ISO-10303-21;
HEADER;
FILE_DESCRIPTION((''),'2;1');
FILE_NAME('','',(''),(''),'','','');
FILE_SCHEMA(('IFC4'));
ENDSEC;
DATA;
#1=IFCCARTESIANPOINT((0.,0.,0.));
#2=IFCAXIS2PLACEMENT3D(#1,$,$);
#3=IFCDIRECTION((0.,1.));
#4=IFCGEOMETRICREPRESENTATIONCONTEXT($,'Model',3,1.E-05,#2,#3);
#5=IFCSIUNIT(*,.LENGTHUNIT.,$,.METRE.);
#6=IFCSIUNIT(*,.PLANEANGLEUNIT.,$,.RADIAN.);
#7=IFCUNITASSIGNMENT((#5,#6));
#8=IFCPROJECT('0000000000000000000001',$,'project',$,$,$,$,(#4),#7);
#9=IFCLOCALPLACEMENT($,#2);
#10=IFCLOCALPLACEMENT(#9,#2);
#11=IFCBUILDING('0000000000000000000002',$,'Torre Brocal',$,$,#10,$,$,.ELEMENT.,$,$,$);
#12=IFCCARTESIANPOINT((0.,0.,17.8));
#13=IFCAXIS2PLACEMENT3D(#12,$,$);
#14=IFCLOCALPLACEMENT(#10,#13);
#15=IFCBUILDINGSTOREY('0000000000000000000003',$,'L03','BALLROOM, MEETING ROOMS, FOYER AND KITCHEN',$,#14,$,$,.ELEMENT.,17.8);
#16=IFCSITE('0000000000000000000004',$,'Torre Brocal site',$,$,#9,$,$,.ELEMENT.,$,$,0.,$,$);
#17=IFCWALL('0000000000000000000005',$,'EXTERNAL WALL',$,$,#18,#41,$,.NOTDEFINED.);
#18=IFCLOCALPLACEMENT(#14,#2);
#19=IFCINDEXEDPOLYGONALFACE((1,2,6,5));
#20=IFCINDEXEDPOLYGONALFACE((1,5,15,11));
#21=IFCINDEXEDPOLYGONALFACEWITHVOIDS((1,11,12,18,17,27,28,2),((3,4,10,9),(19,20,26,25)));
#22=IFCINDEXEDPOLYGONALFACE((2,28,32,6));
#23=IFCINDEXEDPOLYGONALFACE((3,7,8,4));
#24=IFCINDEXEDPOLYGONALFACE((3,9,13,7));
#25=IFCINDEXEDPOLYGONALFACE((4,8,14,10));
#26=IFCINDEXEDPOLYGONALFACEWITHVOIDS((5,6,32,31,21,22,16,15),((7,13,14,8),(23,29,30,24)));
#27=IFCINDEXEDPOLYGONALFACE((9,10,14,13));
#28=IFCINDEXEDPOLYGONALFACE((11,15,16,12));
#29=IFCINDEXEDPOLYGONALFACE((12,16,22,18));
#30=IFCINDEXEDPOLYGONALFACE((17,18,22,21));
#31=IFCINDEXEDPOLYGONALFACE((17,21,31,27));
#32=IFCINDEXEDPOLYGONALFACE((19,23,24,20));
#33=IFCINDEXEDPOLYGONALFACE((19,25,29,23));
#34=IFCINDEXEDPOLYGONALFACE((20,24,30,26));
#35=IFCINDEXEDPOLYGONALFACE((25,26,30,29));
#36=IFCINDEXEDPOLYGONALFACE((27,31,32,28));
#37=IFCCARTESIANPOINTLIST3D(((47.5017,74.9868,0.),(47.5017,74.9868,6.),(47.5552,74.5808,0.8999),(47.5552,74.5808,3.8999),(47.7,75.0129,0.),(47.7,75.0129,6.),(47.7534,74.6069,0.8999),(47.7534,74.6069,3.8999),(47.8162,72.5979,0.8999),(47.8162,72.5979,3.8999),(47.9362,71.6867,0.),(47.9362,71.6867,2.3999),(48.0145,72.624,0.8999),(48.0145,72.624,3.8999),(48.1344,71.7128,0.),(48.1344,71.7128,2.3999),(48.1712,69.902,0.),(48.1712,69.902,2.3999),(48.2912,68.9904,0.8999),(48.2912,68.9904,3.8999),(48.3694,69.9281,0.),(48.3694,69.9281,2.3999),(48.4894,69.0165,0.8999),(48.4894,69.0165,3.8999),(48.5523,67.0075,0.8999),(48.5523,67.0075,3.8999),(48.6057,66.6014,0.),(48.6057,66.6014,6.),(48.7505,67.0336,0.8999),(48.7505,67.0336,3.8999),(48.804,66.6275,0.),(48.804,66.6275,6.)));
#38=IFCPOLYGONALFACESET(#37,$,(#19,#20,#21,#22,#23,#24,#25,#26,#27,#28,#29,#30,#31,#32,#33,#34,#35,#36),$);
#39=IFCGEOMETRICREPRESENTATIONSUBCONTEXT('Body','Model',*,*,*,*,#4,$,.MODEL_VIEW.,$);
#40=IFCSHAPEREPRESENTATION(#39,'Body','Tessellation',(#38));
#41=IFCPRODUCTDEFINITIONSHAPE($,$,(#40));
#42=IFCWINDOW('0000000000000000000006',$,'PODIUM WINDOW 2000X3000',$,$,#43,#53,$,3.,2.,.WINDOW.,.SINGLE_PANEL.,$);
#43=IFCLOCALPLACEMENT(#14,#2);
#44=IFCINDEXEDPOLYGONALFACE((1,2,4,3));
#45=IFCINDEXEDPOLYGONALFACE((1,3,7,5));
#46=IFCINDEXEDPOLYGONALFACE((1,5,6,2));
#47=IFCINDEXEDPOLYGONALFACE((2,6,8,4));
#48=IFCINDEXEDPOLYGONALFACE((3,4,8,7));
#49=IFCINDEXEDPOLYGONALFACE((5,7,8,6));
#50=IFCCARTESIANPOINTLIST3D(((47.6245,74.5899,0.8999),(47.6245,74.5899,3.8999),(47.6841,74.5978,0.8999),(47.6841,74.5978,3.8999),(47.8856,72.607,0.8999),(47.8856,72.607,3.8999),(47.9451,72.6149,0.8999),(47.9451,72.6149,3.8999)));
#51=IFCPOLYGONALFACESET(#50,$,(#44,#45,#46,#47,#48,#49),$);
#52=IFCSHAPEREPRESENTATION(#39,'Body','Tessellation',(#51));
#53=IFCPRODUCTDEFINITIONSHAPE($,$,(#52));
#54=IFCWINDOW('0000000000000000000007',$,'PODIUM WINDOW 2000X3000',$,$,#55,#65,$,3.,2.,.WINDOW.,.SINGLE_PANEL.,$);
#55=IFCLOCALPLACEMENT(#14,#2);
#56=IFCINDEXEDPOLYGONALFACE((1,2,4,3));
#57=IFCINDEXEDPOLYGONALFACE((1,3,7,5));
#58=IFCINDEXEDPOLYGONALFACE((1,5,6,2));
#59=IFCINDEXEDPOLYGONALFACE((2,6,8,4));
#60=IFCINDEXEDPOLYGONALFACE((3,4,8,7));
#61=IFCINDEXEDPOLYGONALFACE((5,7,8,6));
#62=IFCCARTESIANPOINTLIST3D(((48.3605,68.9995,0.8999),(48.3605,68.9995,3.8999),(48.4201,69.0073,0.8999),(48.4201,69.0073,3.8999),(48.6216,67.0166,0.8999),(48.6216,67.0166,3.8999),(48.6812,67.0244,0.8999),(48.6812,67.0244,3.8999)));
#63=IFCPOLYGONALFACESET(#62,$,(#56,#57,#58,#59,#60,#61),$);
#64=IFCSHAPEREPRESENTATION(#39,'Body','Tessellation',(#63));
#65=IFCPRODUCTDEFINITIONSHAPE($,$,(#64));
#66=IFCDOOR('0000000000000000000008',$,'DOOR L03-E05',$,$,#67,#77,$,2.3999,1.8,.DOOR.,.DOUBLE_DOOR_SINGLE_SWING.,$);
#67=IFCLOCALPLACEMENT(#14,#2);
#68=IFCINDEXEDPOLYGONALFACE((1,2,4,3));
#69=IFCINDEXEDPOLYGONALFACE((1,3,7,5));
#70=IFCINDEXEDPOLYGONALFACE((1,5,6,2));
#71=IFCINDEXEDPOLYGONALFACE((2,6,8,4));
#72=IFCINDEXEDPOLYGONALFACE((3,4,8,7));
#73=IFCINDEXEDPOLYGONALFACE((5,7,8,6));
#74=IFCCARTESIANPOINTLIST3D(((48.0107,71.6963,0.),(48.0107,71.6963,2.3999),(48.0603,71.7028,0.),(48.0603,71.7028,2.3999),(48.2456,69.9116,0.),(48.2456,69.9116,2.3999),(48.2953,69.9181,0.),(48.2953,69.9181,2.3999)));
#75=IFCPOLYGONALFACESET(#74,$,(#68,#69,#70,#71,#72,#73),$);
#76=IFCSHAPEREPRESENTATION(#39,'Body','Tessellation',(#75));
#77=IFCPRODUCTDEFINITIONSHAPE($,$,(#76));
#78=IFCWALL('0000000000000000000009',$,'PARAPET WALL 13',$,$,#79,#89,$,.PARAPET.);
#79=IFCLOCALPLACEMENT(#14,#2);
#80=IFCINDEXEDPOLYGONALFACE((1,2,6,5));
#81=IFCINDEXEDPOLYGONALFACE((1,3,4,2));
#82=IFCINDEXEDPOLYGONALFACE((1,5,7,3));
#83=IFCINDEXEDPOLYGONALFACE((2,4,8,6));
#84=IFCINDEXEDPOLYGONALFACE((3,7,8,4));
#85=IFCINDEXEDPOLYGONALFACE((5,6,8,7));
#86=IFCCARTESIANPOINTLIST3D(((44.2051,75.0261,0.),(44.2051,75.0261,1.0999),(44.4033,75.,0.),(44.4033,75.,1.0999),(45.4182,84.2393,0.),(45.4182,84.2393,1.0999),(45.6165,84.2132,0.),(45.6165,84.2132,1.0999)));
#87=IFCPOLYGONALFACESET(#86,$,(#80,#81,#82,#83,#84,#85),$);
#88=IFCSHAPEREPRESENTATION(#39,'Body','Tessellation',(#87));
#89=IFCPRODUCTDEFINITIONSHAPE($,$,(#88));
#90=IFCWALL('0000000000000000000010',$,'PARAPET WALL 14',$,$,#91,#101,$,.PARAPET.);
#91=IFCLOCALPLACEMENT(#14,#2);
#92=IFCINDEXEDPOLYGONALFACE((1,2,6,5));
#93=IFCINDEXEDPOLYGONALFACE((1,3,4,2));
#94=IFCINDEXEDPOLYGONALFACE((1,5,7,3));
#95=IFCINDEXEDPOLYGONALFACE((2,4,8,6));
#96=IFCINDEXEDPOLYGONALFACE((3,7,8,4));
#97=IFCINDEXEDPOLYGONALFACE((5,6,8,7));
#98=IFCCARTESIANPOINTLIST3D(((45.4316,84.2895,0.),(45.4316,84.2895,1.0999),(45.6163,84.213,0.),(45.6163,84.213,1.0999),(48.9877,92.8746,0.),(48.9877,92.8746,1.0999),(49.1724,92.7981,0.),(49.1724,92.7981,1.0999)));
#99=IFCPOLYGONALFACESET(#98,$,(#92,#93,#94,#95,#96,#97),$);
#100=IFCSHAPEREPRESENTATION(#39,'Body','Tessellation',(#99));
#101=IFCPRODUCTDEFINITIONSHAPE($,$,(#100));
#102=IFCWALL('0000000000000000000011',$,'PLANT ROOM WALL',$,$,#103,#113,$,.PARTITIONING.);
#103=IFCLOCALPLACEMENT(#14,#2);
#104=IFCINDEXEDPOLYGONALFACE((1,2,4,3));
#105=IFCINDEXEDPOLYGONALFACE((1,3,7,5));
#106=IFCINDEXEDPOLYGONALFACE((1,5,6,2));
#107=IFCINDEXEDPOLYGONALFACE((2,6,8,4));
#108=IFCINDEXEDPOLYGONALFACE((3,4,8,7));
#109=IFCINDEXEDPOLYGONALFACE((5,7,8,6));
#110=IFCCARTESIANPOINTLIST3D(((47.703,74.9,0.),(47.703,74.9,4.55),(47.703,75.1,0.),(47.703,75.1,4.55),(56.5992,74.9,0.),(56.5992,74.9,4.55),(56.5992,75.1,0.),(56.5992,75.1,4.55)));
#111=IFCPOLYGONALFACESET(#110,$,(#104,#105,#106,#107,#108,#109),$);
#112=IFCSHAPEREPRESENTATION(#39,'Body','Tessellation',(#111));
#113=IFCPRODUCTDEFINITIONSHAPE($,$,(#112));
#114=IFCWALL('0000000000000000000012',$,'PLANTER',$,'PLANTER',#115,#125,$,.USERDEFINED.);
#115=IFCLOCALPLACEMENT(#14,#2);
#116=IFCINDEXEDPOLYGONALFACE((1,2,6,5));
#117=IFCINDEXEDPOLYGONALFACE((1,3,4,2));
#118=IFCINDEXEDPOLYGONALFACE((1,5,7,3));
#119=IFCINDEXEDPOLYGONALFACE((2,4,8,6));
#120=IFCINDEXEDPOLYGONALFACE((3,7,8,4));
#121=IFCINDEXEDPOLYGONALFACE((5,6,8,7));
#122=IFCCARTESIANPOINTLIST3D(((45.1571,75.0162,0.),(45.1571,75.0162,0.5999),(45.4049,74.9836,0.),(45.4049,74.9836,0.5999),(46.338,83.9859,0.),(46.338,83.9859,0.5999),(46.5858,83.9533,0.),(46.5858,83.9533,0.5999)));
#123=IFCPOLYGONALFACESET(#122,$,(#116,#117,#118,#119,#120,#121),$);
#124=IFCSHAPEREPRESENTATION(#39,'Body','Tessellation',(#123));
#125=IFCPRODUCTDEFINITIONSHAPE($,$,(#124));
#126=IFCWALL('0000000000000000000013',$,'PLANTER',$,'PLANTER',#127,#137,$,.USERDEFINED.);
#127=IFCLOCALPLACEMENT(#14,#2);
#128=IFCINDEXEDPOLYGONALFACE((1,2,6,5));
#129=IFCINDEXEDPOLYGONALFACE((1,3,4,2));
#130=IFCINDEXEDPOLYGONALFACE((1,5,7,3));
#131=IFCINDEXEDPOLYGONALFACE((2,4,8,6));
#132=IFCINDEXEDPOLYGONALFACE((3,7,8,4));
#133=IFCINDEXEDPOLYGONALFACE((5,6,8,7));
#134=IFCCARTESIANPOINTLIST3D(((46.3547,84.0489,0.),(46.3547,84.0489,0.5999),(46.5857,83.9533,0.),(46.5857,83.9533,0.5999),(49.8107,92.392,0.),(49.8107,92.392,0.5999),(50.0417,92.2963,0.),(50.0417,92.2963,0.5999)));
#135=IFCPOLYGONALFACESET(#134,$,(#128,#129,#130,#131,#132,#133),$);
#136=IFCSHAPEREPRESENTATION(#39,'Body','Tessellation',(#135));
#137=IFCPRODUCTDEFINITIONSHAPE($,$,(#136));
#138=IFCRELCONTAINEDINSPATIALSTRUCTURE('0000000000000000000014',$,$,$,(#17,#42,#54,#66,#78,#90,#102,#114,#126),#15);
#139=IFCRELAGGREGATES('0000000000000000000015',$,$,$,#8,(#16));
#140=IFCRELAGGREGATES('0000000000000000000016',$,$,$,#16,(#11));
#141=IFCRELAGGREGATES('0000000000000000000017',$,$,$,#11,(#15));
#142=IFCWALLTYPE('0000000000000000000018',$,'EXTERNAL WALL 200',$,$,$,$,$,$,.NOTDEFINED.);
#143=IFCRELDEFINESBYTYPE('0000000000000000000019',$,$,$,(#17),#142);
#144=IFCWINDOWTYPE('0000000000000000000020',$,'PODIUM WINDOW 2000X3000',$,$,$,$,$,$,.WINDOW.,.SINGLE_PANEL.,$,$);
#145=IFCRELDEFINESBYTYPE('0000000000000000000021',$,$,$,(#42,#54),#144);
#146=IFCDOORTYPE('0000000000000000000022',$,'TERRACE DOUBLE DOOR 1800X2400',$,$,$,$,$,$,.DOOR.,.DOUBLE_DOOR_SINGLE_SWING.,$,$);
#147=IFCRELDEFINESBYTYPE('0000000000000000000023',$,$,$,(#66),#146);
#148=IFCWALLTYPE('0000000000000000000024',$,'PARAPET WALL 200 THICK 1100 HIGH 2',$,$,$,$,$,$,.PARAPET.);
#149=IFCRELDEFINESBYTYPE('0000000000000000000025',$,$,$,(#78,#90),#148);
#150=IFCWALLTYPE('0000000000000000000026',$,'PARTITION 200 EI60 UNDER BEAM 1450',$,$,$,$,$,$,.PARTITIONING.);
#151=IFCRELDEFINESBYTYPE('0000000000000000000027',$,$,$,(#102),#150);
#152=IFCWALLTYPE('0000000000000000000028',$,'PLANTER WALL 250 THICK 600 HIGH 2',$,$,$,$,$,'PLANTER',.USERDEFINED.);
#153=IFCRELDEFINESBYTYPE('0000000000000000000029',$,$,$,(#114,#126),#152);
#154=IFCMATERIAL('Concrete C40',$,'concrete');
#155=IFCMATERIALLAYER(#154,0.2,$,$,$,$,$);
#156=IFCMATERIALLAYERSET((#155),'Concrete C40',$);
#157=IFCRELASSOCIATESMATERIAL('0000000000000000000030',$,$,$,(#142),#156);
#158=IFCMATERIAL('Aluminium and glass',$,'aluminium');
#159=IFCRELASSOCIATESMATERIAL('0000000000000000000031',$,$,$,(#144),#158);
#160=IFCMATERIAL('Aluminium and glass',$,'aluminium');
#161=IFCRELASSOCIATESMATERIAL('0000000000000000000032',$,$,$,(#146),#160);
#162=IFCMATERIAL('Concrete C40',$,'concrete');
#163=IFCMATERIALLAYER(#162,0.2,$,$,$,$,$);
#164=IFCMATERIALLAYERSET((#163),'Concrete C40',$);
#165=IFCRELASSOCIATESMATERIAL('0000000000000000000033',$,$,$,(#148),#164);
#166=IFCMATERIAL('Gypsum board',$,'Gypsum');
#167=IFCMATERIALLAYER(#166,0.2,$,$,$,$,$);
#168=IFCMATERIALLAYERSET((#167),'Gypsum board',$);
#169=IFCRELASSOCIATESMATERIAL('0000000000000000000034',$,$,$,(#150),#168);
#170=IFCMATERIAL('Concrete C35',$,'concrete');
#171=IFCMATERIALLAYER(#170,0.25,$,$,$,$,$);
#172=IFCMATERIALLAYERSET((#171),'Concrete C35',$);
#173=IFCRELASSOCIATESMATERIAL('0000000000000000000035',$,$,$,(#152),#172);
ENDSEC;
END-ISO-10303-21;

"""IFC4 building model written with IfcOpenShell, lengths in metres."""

from ifc_helpers import new_model, si_unit, direction, frame, frame_2d, origin, place, context, subcontext, project, spatial, rectangle, extrude, material, layer, layer_set, type_object, element, fill, save


model = new_model("IFC4")

# Units and contexts
model_context = context("Model", 3, precision=1e-05, world=origin(), true_north=direction((0.0, 1.0)))
body_context = subcontext(model_context, "Body", "Model", "MODEL_VIEW")
ifc_project = project(units=[si_unit("LENGTHUNIT", "METRE"), si_unit("PLANEANGLEUNIT", "RADIAN")], contexts=[model_context])

# Site, building, storey
site_placement = place(None, origin())
site = spatial("IfcSite", under=ifc_project, at=site_placement, Name="Torre Brocal site", CompositionType="ELEMENT", RefElevation=0.0)
building_placement = place(site_placement, origin())
building = spatial("IfcBuilding", under=site, at=building_placement, Name="Torre Brocal", CompositionType="ELEMENT")
storey_placement = place(building_placement, frame((0.0, 0.0, 17.8)))
storey = spatial("IfcBuildingStorey", under=building, at=storey_placement, Name="L03", Description="BALLROOM, MEETING ROOMS, FOYER AND KITCHEN", CompositionType="ELEMENT", Elevation=17.8)

# Wall, openings, windows, door
ifc_material_1 = material(Name="Concrete C40", Category="concrete")
ifc_layer_1 = layer(ifc_material_1, 0.2)
ifc_layer_set_1 = layer_set([ifc_layer_1], Name="Concrete C40")
wall_type_1 = type_object("IfcWallType", Name="EXTERNAL WALL 200", PredefinedType="NOTDEFINED", material=ifc_layer_set_1)
wall_1_placement = place(storey_placement, frame((47.6008, 75.0, 0.0), z_axis=(0.0, 0.0, 1.0), x_axis=(0.13053, -0.991444, 0.0)))
wall_1 = element("IfcWall", 1, at=wall_1_placement, inside=storey, type_object=wall_type_1, Name="EXTERNAL WALL", PredefinedType="NOTDEFINED", context=body_context, shape_type="SweptSolid", body=[
    extrude(rectangle(XDim=8.4578, YDim=0.2, at=frame_2d((4.229, 0.0))), origin(), (0.0, 0.0, 1.0), 6.0),
])
opening_1_placement = place(wall_1_placement, frame((0.4097, 0.0, 0.8999)))
opening_1 = element("IfcOpeningElement", 2, at=opening_1_placement, cuts=wall_1, PredefinedType="OPENING", context=body_context, shape_type="SweptSolid", body=[
    extrude(rectangle(XDim=2.0, YDim=3.0, at=frame_2d((1.0, 1.5))), frame((0.0, 0.1099, 0.0), z_axis=(0.0, -1.0, 0.0), x_axis=(1.0, 0.0, 0.0)), (0.0, 0.0, 1.0), 0.22),
])
opening_2_placement = place(wall_1_placement, frame((3.3289, 0.0, 0.0)))
opening_2 = element("IfcOpeningElement", 3, at=opening_2_placement, cuts=wall_1, PredefinedType="OPENING", context=body_context, shape_type="SweptSolid", body=[
    extrude(rectangle(XDim=1.8, YDim=2.3999, at=frame_2d((0.8999, 1.2))), frame((0.0, 0.1099, 0.0), z_axis=(0.0, -1.0, 0.0), x_axis=(1.0, 0.0, 0.0)), (0.0, 0.0, 1.0), 0.22),
])
opening_3_placement = place(wall_1_placement, frame((6.0483, 0.0, 0.8999)))
opening_3 = element("IfcOpeningElement", 4, at=opening_3_placement, cuts=wall_1, PredefinedType="OPENING", context=body_context, shape_type="SweptSolid", body=[
    extrude(rectangle(XDim=2.0, YDim=3.0, at=frame_2d((1.0, 1.5))), frame((0.0, 0.1099, 0.0), z_axis=(0.0, -1.0, 0.0), x_axis=(1.0, 0.0, 0.0)), (0.0, 0.0, 1.0), 0.22),
])
ifc_material_2 = material(Name="Aluminium and glass", Category="aluminium")
window_type = type_object("IfcWindowType", Name="PODIUM WINDOW 2000X3000", PartitioningType="SINGLE_PANEL", PredefinedType="WINDOW", material=ifc_material_2)
window_1_placement = place(opening_1_placement, origin())
window_1 = element("IfcWindow", 5, at=window_1_placement, inside=storey, type_object=window_type, Name="PODIUM WINDOW 2000X3000", OverallHeight=3.0, OverallWidth=2.0, PartitioningType="SINGLE_PANEL", PredefinedType="WINDOW", context=body_context, shape_type="SweptSolid", body=[
    extrude(rectangle(XDim=2.0, YDim=3.0, at=frame_2d((1.0, 1.5))), frame((0.0, 0.03, 0.0), z_axis=(0.0, -1.0, 0.0), x_axis=(1.0, 0.0, 0.0)), (0.0, 0.0, 1.0), 0.0601),
])
fill(opening_1, window_1)
window_2_placement = place(opening_3_placement, origin())
window_2 = element("IfcWindow", 6, at=window_2_placement, inside=storey, type_object=window_type, Name="PODIUM WINDOW 2000X3000", OverallHeight=3.0, OverallWidth=2.0, PartitioningType="SINGLE_PANEL", PredefinedType="WINDOW", context=body_context, shape_type="SweptSolid", body=[
    extrude(rectangle(XDim=2.0, YDim=3.0, at=frame_2d((1.0, 1.5))), frame((0.0, 0.03, 0.0), z_axis=(0.0, -1.0, 0.0), x_axis=(1.0, 0.0, 0.0)), (0.0, 0.0, 1.0), 0.0601),
])
fill(opening_3, window_2)
ifc_material_3 = material(Name="Aluminium and glass", Category="aluminium")
door_type = type_object("IfcDoorType", Name="TERRACE DOUBLE DOOR 1800X2400", OperationType="DOUBLE_DOOR_SINGLE_SWING", PredefinedType="DOOR", material=ifc_material_3)
door_placement = place(opening_2_placement, frame((1.8, 0.0, 0.0), z_axis=(0.0, 0.0, 1.0), x_axis=(-1.0, 0.0, 0.0)))
door = element("IfcDoor", 7, at=door_placement, inside=storey, type_object=door_type, Name="DOOR L03-E05", OperationType="DOUBLE_DOOR_SINGLE_SWING", OverallHeight=2.3999, OverallWidth=1.8, PredefinedType="DOOR", context=body_context, shape_type="SweptSolid", body=[
    extrude(rectangle(XDim=1.8, YDim=2.3999, at=frame_2d((0.8999, 1.2))), frame((0.0, 0.0249, 0.0), z_axis=(0.0, -1.0, 0.0), x_axis=(1.0, 0.0, 0.0)), (0.0, 0.0, 1.0), 0.05),
])
fill(opening_2, door)

# Walls
ifc_material_4 = material(Name="Concrete C40", Category="concrete")
ifc_layer_2 = layer(ifc_material_4, 0.2)
ifc_layer_set_2 = layer_set([ifc_layer_2], Name="Concrete C40")
wall_type_2 = type_object("IfcWallType", Name="PARAPET WALL 200 THICK 1100 HIGH 2", PredefinedType="PARAPET", material=ifc_layer_set_2)
wall_2_placement = place(storey_placement, frame((44.3042, 75.0129, 0.0), z_axis=(0.0, 0.0, 1.0), x_axis=(0.130548, 0.991442, 0.0)))
element("IfcWall", 8, at=wall_2_placement, inside=storey, type_object=wall_type_2, Name="PARAPET WALL 13", PredefinedType="PARAPET", context=body_context, shape_type="SweptSolid", body=[
    extrude(rectangle(XDim=9.2927, YDim=0.2, at=frame_2d((4.6465, 0.0))), origin(), (0.0, 0.0, 1.0), 1.0999),
])
wall_3_placement = place(storey_placement, frame((45.5239, 84.2512, 0.0), z_axis=(0.0, 0.0, 1.0), x_axis=(0.382687, 0.923878, 0.0)))
element("IfcWall", 9, at=wall_3_placement, inside=storey, type_object=wall_type_2, Name="PARAPET WALL 14", PredefinedType="PARAPET", context=body_context, shape_type="SweptSolid", body=[
    extrude(rectangle(XDim=9.2925, YDim=0.2, at=frame_2d((4.6462, 0.0))), origin(), (0.0, 0.0, 1.0), 1.0999),
])
ifc_material_5 = material(Name="Gypsum board", Category="Gypsum")
ifc_layer_3 = layer(ifc_material_5, 0.2)
ifc_layer_set_3 = layer_set([ifc_layer_3], Name="Gypsum board")
wall_type_3 = type_object("IfcWallType", Name="PARTITION 200 EI60 UNDER BEAM 1450", PredefinedType="PARTITIONING", material=ifc_layer_set_3)
wall_4_placement = place(storey_placement, frame((47.7029, 75.0, 0.0), z_axis=(0.0, 0.0, 1.0), x_axis=(1.0, 0.0, 0.0)))
element("IfcWall", 10, at=wall_4_placement, inside=storey, type_object=wall_type_3, Name="PLANT ROOM WALL", PredefinedType="PARTITIONING", context=body_context, shape_type="SweptSolid", body=[
    extrude(rectangle(XDim=8.8962, YDim=0.2, at=frame_2d((4.4482, 0.0))), origin(), (0.0, 0.0, 1.0), 4.55),
])
ifc_material_6 = material(Name="Concrete C35", Category="concrete")
ifc_layer_4 = layer(ifc_material_6, 0.25)
ifc_layer_set_4 = layer_set([ifc_layer_4], Name="Concrete C35")
wall_type_4 = type_object("IfcWallType", Name="PLANTER WALL 250 THICK 600 HIGH 2", ElementType="PLANTER", PredefinedType="USERDEFINED", material=ifc_layer_set_4)
wall_5_placement = place(storey_placement, frame((45.281, 75.0, 0.0), z_axis=(0.0, 0.0, 1.0), x_axis=(0.130529, 0.991445, 0.0)))
element("IfcWall", 11, at=wall_5_placement, inside=storey, type_object=wall_type_4, Name="PLANTER", ObjectType="PLANTER", PredefinedType="USERDEFINED", context=body_context, shape_type="SweptSolid", body=[
    extrude(rectangle(XDim=9.0471, YDim=0.25, at=frame_2d((4.5234, 0.0))), origin(), (0.0, 0.0, 1.0), 0.5999),
])
wall_6_placement = place(storey_placement, frame((46.4702, 84.0012, 0.0), z_axis=(0.0, 0.0, 1.0), x_axis=(0.382708, 0.923869, 0.0)))
element("IfcWall", 12, at=wall_6_placement, inside=storey, type_object=wall_type_4, Name="PLANTER", ObjectType="PLANTER", PredefinedType="USERDEFINED", context=body_context, shape_type="SweptSolid", body=[
    extrude(rectangle(XDim=9.0305, YDim=0.25, at=frame_2d((4.5151, 0.0))), origin(), (0.0, 0.0, 1.0), 0.5999),
])

save(model, "model.ifc")
